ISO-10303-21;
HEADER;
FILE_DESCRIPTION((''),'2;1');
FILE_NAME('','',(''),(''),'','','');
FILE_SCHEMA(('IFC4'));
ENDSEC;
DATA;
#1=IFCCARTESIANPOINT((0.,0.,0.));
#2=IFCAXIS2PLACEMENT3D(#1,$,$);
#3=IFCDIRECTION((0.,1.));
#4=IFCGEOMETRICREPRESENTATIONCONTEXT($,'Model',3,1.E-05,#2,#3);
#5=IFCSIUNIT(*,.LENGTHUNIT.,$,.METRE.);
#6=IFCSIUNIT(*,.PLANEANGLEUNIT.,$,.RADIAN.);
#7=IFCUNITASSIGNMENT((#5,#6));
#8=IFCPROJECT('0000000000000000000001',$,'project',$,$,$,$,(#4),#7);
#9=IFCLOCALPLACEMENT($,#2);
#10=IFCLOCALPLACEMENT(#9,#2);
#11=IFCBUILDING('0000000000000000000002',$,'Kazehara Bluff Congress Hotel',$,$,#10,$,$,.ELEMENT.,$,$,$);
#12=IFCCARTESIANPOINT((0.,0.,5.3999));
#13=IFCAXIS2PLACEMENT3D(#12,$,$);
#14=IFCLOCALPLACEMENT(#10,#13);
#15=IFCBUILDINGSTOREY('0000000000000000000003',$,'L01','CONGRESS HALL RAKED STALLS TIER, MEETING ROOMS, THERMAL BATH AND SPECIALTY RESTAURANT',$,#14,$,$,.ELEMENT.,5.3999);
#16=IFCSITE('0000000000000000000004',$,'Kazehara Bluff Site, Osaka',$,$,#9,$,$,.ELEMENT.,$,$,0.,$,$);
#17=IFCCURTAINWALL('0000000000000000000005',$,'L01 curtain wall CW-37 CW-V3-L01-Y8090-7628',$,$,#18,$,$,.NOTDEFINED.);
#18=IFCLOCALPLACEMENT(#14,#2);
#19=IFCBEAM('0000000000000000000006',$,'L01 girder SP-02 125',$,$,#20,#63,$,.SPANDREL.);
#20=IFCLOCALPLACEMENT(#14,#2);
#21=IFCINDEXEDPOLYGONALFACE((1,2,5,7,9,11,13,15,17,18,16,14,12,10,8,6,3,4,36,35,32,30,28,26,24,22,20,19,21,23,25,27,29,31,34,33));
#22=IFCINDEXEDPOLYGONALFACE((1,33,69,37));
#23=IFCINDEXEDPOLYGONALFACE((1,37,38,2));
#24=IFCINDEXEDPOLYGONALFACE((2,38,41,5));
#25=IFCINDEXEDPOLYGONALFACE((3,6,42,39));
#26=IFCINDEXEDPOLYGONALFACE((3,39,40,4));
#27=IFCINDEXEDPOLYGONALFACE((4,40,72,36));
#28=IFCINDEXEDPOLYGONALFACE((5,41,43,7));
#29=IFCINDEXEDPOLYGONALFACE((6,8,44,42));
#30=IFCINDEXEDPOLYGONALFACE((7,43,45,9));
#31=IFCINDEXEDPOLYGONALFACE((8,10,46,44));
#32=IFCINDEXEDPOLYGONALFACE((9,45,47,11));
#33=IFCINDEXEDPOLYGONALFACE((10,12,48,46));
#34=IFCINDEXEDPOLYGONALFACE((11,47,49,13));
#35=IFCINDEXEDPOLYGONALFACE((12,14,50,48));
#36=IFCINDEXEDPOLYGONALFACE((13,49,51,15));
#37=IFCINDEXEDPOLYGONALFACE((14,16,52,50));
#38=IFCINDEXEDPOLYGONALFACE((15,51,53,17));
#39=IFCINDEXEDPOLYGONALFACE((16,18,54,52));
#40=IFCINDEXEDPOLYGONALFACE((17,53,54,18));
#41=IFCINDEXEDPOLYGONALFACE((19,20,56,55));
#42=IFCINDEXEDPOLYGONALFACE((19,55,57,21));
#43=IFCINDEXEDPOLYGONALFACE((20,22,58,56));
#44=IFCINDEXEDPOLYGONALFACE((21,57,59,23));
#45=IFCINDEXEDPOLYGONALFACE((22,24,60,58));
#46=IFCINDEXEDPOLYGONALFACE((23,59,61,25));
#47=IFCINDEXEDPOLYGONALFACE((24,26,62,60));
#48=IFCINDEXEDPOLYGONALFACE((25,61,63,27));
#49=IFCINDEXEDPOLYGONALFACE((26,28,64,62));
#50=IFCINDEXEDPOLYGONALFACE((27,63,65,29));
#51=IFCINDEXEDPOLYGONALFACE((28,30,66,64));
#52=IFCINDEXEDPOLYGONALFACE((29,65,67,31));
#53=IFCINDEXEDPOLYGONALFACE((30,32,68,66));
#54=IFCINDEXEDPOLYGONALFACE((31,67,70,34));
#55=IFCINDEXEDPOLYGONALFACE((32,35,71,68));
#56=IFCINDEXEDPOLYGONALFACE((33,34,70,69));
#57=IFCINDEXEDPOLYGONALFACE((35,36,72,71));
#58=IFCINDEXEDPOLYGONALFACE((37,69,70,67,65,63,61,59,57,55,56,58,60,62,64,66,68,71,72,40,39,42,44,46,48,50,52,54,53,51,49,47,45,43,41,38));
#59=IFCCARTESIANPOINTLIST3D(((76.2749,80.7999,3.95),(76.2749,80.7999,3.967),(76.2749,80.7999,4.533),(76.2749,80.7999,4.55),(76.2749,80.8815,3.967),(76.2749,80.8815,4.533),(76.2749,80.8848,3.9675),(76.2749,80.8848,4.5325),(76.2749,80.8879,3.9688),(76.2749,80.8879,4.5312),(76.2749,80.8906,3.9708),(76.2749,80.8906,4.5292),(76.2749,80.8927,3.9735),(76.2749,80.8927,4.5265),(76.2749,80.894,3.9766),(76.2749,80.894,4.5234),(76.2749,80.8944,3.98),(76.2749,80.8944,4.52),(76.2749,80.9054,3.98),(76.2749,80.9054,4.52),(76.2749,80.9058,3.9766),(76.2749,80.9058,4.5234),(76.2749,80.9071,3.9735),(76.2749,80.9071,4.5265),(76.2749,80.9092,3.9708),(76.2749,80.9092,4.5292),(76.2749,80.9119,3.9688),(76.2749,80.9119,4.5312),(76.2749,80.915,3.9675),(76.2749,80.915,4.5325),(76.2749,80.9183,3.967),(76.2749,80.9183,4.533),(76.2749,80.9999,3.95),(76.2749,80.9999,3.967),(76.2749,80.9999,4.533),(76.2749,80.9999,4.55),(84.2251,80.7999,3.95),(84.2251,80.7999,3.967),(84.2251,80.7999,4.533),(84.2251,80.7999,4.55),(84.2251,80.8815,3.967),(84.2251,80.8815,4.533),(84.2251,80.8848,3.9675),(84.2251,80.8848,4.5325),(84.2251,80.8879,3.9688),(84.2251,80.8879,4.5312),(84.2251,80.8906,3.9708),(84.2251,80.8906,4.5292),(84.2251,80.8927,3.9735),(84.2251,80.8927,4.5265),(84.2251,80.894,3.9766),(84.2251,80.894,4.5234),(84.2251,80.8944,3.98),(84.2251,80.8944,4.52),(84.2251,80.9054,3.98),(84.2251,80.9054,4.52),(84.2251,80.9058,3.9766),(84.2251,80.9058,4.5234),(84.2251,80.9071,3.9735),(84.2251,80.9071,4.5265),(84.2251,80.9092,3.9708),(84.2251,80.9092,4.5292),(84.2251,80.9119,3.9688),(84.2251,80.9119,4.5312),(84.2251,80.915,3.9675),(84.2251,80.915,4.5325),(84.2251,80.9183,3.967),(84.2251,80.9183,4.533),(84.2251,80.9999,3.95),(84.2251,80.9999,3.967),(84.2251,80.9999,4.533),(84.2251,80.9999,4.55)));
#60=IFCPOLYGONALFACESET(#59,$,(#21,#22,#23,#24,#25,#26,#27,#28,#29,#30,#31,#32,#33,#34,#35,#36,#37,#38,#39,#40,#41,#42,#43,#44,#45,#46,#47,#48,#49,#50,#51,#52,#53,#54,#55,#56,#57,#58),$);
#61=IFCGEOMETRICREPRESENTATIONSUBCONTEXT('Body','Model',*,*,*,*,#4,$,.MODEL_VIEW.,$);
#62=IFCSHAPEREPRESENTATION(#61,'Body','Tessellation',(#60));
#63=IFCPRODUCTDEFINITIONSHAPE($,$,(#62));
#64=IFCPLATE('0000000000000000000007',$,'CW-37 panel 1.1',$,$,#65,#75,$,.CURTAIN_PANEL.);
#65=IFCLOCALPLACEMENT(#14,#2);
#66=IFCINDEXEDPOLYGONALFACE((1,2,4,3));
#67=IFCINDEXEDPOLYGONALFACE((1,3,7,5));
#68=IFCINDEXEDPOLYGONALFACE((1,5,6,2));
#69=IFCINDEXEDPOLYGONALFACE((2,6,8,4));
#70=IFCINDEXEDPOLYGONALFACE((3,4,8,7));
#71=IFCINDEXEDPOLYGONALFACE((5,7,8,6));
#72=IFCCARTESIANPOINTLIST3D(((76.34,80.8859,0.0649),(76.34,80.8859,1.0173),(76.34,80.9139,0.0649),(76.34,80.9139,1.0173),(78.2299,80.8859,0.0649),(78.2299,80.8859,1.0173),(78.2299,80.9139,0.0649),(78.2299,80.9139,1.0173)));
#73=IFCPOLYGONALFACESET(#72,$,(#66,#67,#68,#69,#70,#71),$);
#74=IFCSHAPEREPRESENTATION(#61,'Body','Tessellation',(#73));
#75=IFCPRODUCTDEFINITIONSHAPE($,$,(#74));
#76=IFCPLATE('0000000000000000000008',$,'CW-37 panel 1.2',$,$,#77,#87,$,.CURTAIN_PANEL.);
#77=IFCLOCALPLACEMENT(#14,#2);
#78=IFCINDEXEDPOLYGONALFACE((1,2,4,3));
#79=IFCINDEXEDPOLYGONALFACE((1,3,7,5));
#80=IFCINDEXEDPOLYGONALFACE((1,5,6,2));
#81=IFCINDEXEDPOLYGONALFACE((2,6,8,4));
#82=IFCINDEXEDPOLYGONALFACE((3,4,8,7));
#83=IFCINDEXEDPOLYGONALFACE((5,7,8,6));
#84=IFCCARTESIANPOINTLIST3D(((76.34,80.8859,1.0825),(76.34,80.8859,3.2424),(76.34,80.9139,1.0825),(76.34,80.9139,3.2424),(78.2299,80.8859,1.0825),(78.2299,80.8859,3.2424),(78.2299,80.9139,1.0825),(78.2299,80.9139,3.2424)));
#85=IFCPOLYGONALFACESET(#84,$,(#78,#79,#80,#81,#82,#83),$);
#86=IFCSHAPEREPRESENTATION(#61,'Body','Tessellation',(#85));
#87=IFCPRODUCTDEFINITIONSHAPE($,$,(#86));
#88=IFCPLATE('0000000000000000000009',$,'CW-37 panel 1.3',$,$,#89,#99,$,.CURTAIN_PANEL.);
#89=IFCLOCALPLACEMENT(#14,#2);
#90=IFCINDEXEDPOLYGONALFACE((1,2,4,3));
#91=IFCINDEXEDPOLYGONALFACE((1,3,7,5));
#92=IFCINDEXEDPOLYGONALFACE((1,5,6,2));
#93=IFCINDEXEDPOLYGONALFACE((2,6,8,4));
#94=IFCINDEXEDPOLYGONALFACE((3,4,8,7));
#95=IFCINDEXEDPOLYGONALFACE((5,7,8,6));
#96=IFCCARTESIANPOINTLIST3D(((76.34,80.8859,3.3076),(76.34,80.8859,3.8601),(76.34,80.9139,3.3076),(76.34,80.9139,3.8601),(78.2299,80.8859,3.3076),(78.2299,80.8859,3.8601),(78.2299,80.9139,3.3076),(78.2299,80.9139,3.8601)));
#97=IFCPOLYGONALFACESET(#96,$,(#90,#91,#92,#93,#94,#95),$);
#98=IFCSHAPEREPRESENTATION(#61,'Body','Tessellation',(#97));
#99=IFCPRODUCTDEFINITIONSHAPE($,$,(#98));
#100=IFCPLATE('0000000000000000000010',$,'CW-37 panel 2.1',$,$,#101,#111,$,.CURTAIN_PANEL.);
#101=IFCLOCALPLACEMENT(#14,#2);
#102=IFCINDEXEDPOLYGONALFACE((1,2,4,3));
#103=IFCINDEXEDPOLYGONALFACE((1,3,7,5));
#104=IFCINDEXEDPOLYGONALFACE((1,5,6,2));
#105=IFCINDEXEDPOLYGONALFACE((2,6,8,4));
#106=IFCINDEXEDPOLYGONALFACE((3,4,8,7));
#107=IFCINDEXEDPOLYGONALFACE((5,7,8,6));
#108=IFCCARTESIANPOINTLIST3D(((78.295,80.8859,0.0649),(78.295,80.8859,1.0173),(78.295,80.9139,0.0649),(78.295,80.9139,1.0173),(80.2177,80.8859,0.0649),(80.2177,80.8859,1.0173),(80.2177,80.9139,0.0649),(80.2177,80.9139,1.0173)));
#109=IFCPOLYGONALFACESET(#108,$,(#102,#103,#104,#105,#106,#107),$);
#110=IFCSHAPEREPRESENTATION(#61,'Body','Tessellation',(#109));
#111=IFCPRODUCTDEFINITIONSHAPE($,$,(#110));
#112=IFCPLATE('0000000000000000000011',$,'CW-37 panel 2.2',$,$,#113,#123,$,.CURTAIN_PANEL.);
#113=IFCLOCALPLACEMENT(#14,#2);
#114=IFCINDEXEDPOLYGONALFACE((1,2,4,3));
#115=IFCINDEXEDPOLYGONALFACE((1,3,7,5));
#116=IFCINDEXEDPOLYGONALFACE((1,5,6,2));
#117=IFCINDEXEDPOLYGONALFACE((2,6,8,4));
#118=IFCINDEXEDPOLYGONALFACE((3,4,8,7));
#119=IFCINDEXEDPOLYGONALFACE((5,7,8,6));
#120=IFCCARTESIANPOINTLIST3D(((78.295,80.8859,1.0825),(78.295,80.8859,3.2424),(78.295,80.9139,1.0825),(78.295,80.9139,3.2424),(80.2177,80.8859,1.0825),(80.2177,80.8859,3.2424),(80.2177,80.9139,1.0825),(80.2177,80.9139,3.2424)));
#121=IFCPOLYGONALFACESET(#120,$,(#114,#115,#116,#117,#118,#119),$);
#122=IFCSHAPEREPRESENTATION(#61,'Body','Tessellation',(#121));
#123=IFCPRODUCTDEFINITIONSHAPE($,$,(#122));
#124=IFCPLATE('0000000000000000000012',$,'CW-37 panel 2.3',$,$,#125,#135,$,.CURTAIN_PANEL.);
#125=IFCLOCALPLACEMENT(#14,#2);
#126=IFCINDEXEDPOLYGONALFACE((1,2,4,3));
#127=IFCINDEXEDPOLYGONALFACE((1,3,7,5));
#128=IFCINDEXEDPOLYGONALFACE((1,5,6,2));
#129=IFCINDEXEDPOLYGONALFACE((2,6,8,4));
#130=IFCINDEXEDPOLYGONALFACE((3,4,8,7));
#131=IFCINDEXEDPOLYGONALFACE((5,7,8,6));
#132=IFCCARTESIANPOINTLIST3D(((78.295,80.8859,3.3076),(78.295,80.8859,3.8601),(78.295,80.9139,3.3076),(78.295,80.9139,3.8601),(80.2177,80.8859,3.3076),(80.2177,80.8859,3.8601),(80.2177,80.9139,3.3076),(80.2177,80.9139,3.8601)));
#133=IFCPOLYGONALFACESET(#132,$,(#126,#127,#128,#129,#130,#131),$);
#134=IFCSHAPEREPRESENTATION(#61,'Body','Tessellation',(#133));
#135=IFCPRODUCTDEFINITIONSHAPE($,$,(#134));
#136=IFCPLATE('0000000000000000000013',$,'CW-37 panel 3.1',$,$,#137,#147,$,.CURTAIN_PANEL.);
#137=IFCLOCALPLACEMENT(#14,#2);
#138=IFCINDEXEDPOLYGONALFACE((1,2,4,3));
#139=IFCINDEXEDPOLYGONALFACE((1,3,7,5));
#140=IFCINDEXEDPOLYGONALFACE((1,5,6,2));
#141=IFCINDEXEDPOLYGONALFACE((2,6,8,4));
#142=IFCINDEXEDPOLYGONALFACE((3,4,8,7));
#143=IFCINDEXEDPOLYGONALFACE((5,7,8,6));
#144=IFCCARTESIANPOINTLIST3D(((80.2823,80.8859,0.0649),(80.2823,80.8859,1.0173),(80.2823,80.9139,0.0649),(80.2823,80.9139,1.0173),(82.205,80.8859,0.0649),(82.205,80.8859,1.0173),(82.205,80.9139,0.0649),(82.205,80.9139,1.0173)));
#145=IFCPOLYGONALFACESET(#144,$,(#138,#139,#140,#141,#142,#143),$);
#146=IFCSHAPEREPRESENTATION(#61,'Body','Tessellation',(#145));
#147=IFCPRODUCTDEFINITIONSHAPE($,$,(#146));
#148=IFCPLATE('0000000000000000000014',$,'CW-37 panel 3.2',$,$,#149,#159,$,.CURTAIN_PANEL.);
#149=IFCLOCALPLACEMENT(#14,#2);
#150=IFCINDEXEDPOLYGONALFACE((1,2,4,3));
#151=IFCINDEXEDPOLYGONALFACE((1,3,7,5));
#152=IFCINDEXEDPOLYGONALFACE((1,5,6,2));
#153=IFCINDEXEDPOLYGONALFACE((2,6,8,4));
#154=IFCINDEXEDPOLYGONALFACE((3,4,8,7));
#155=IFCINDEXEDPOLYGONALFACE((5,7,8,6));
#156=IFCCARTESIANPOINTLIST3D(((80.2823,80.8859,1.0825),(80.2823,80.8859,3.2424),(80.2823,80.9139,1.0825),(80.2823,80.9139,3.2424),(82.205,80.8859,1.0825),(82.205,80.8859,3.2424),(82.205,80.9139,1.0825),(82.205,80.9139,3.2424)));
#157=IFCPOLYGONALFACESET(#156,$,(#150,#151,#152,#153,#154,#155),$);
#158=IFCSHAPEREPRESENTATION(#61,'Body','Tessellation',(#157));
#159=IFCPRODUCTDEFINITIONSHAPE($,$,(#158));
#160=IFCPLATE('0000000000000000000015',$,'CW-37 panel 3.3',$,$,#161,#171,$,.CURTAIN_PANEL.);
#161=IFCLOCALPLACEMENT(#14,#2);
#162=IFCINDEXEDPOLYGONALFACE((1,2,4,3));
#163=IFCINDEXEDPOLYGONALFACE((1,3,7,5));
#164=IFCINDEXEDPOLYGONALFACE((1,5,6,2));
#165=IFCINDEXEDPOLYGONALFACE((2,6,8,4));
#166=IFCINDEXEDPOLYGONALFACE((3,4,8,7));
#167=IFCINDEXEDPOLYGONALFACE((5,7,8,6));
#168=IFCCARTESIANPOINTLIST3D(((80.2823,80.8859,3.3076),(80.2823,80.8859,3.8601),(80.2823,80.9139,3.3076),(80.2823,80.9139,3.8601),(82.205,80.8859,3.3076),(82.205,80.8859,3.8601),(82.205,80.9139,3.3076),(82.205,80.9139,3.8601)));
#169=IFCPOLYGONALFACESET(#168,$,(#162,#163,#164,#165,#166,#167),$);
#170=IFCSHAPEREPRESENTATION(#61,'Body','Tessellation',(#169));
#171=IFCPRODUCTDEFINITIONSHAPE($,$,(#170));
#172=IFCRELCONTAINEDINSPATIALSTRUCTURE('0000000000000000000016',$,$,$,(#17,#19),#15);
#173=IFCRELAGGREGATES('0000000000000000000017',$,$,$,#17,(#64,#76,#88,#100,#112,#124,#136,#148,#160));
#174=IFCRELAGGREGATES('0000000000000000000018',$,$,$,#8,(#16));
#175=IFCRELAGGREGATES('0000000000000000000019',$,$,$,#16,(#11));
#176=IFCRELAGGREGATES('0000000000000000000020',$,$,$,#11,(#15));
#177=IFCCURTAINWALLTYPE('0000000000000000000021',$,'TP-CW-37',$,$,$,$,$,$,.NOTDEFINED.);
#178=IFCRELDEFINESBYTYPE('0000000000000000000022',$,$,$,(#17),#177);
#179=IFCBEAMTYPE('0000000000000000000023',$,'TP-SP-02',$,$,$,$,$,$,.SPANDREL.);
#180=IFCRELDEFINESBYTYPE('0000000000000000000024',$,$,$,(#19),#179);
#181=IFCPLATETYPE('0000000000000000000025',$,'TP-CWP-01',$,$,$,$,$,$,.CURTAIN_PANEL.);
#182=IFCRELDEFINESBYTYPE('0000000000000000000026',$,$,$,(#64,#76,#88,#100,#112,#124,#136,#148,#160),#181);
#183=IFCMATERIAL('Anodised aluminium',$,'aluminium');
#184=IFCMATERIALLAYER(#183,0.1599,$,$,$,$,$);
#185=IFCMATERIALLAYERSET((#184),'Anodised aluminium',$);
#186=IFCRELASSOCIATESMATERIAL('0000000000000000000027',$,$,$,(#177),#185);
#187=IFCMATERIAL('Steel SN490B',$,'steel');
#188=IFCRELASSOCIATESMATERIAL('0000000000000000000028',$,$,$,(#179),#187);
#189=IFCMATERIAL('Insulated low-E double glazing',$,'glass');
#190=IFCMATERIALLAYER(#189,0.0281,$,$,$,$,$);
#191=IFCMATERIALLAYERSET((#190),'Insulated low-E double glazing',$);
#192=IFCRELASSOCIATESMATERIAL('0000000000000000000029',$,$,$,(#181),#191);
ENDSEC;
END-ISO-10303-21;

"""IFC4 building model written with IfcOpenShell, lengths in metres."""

from ifc_helpers import new_model, si_unit, direction, frame, origin, origin_2d, place, context, subcontext, project, spatial, rectangle, i_section, extrude, material, layer, layer_set, material_profile, profile_set, type_object, element, aggregate, save


model = new_model("IFC4")

# Units and contexts
model_context = context("Model", 3, precision=1e-05, world=origin(), true_north=direction((0.0, 1.0)))
body_context = subcontext(model_context, "Body", "Model", "MODEL_VIEW")
ifc_project = project(units=[si_unit("LENGTHUNIT", "METRE"), si_unit("PLANEANGLEUNIT", "RADIAN")], contexts=[model_context])

# Site, building, storey
site_placement = place(None, origin())
site = spatial("IfcSite", under=ifc_project, at=site_placement, Name="Kazehara Bluff Site, Osaka", CompositionType="ELEMENT", RefElevation=0.0)
building_placement = place(site_placement, origin())
building = spatial("IfcBuilding", under=site, at=building_placement, Name="Kazehara Bluff Congress Hotel", CompositionType="ELEMENT")
storey_placement = place(building_placement, frame((0.0, 0.0, 5.3999)))
storey = spatial("IfcBuildingStorey", under=building, at=storey_placement, Name="L01", Description="CONGRESS HALL RAKED STALLS TIER, MEETING ROOMS, THERMAL BATH AND SPECIALTY RESTAURANT", CompositionType="ELEMENT", Elevation=5.3999)

# Curtain wall
ifc_material_1 = material(Name="Anodised aluminium", Category="aluminium")
ifc_layer_1 = layer(ifc_material_1, 0.1599)
ifc_layer_set_1 = layer_set([ifc_layer_1], Name="Anodised aluminium")
curtain_wall_type = type_object("IfcCurtainWallType", Name="TP-CW-37", PredefinedType="NOTDEFINED", material=ifc_layer_set_1)
curtain_wall_placement = place(storey_placement, origin())
curtain_wall = element("IfcCurtainWall", 1, at=curtain_wall_placement, inside=storey, type_object=curtain_wall_type, Name="L01 curtain wall CW-37 CW-V3-L01-Y8090-7628", PredefinedType="NOTDEFINED")

# Beam
ifc_material_2 = material(Name="Steel SN490B", Category="steel")
ifc_material_profile_1 = material_profile(ifc_material_2, i_section(OverallWidth=0.2, OverallDepth=0.6001, WebThickness=0.011, FlangeThickness=0.0171, FilletRadius=0.0129, at=origin_2d()))
ifc_profile_set_1 = profile_set([ifc_material_profile_1], Name="Steel SN490B")
beam_type_1 = type_object("IfcBeamType", Name="TP-SP-02", PredefinedType="SPANDREL", material=ifc_profile_set_1)
beam_1_placement = place(storey_placement, frame((76.2749, 80.8999, 4.25), z_axis=(1.0, 0.0, 0.0), x_axis=(0.0, 1.0, 0.0)))
element("IfcBeam", 2, at=beam_1_placement, inside=storey, type_object=beam_type_1, Name="L01 girder SP-02 125", PredefinedType="SPANDREL", context=body_context, shape_type="SweptSolid", body=[
    extrude(i_section(OverallWidth=0.2, OverallDepth=0.6001, WebThickness=0.011, FlangeThickness=0.0171, FilletRadius=0.0129, at=origin_2d()), origin(), (0.0, 0.0, 1.0), 7.9502),
])

# Plates
ifc_material_3 = material(Name="Insulated low-E double glazing", Category="glass")
ifc_layer_2 = layer(ifc_material_3, 0.0281)
ifc_layer_set_2 = layer_set([ifc_layer_2], Name="Insulated low-E double glazing")
plate_type = type_object("IfcPlateType", Name="TP-CWP-01", PredefinedType="CURTAIN_PANEL", material=ifc_layer_set_2)
plate_1_placement = place(storey_placement, frame((77.2849, 80.8999, 0.0649), z_axis=(0.0, 0.0, 1.0), x_axis=(1.0, 0.0, 0.0)))
plate_1 = element("IfcPlate", 3, at=plate_1_placement, type_object=plate_type, Name="CW-37 panel 1.1", PredefinedType="CURTAIN_PANEL", context=body_context, shape_type="SweptSolid", body=[
    extrude(rectangle(XDim=1.8899, YDim=0.0281, at=origin_2d()), origin(), (0.0, 0.0, 1.0), 0.9524),
])
plate_2_placement = place(storey_placement, frame((77.2849, 80.8999, 1.0825), z_axis=(0.0, 0.0, 1.0), x_axis=(1.0, 0.0, 0.0)))
plate_2 = element("IfcPlate", 4, at=plate_2_placement, type_object=plate_type, Name="CW-37 panel 1.2", PredefinedType="CURTAIN_PANEL", context=body_context, shape_type="SweptSolid", body=[
    extrude(rectangle(XDim=1.8899, YDim=0.0281, at=origin_2d()), origin(), (0.0, 0.0, 1.0), 2.1599),
])
plate_3_placement = place(storey_placement, frame((77.2849, 80.8999, 3.3076), z_axis=(0.0, 0.0, 1.0), x_axis=(1.0, 0.0, 0.0)))
plate_3 = element("IfcPlate", 5, at=plate_3_placement, type_object=plate_type, Name="CW-37 panel 1.3", PredefinedType="CURTAIN_PANEL", context=body_context, shape_type="SweptSolid", body=[
    extrude(rectangle(XDim=1.8899, YDim=0.0281, at=origin_2d()), origin(), (0.0, 0.0, 1.0), 0.5525),
])
plate_4_placement = place(storey_placement, frame((79.2563, 80.8999, 0.0649), z_axis=(0.0, 0.0, 1.0), x_axis=(1.0, 0.0, 0.0)))
plate_4 = element("IfcPlate", 6, at=plate_4_placement, type_object=plate_type, Name="CW-37 panel 2.1", PredefinedType="CURTAIN_PANEL", context=body_context, shape_type="SweptSolid", body=[
    extrude(rectangle(XDim=1.9226, YDim=0.0281, at=origin_2d()), origin(), (0.0, 0.0, 1.0), 0.9524),
])
plate_5_placement = place(storey_placement, frame((79.2563, 80.8999, 1.0825), z_axis=(0.0, 0.0, 1.0), x_axis=(1.0, 0.0, 0.0)))
plate_5 = element("IfcPlate", 7, at=plate_5_placement, type_object=plate_type, Name="CW-37 panel 2.2", PredefinedType="CURTAIN_PANEL", context=body_context, shape_type="SweptSolid", body=[
    extrude(rectangle(XDim=1.9226, YDim=0.0281, at=origin_2d()), origin(), (0.0, 0.0, 1.0), 2.1599),
])
plate_6_placement = place(storey_placement, frame((79.2563, 80.8999, 3.3076), z_axis=(0.0, 0.0, 1.0), x_axis=(1.0, 0.0, 0.0)))
plate_6 = element("IfcPlate", 8, at=plate_6_placement, type_object=plate_type, Name="CW-37 panel 2.3", PredefinedType="CURTAIN_PANEL", context=body_context, shape_type="SweptSolid", body=[
    extrude(rectangle(XDim=1.9226, YDim=0.0281, at=origin_2d()), origin(), (0.0, 0.0, 1.0), 0.5525),
])
plate_7_placement = place(storey_placement, frame((81.2437, 80.8999, 0.0649), z_axis=(0.0, 0.0, 1.0), x_axis=(1.0, 0.0, 0.0)))
plate_7 = element("IfcPlate", 9, at=plate_7_placement, type_object=plate_type, Name="CW-37 panel 3.1", PredefinedType="CURTAIN_PANEL", context=body_context, shape_type="SweptSolid", body=[
    extrude(rectangle(XDim=1.9226, YDim=0.0281, at=origin_2d()), origin(), (0.0, 0.0, 1.0), 0.9524),
])
plate_8_placement = place(storey_placement, frame((81.2437, 80.8999, 1.0825), z_axis=(0.0, 0.0, 1.0), x_axis=(1.0, 0.0, 0.0)))
plate_8 = element("IfcPlate", 10, at=plate_8_placement, type_object=plate_type, Name="CW-37 panel 3.2", PredefinedType="CURTAIN_PANEL", context=body_context, shape_type="SweptSolid", body=[
    extrude(rectangle(XDim=1.9226, YDim=0.0281, at=origin_2d()), origin(), (0.0, 0.0, 1.0), 2.1599),
])
plate_9_placement = place(storey_placement, frame((81.2437, 80.8999, 3.3076), z_axis=(0.0, 0.0, 1.0), x_axis=(1.0, 0.0, 0.0)))
plate_9 = element("IfcPlate", 11, at=plate_9_placement, type_object=plate_type, Name="CW-37 panel 3.3", PredefinedType="CURTAIN_PANEL", context=body_context, shape_type="SweptSolid", body=[
    extrude(rectangle(XDim=1.9226, YDim=0.0281, at=origin_2d()), origin(), (0.0, 0.0, 1.0), 0.5525),
])
aggregate(curtain_wall, [plate_1, plate_2, plate_3, plate_4, plate_5, plate_6, plate_7, plate_8, plate_9])

save(model, "model.ifc")
